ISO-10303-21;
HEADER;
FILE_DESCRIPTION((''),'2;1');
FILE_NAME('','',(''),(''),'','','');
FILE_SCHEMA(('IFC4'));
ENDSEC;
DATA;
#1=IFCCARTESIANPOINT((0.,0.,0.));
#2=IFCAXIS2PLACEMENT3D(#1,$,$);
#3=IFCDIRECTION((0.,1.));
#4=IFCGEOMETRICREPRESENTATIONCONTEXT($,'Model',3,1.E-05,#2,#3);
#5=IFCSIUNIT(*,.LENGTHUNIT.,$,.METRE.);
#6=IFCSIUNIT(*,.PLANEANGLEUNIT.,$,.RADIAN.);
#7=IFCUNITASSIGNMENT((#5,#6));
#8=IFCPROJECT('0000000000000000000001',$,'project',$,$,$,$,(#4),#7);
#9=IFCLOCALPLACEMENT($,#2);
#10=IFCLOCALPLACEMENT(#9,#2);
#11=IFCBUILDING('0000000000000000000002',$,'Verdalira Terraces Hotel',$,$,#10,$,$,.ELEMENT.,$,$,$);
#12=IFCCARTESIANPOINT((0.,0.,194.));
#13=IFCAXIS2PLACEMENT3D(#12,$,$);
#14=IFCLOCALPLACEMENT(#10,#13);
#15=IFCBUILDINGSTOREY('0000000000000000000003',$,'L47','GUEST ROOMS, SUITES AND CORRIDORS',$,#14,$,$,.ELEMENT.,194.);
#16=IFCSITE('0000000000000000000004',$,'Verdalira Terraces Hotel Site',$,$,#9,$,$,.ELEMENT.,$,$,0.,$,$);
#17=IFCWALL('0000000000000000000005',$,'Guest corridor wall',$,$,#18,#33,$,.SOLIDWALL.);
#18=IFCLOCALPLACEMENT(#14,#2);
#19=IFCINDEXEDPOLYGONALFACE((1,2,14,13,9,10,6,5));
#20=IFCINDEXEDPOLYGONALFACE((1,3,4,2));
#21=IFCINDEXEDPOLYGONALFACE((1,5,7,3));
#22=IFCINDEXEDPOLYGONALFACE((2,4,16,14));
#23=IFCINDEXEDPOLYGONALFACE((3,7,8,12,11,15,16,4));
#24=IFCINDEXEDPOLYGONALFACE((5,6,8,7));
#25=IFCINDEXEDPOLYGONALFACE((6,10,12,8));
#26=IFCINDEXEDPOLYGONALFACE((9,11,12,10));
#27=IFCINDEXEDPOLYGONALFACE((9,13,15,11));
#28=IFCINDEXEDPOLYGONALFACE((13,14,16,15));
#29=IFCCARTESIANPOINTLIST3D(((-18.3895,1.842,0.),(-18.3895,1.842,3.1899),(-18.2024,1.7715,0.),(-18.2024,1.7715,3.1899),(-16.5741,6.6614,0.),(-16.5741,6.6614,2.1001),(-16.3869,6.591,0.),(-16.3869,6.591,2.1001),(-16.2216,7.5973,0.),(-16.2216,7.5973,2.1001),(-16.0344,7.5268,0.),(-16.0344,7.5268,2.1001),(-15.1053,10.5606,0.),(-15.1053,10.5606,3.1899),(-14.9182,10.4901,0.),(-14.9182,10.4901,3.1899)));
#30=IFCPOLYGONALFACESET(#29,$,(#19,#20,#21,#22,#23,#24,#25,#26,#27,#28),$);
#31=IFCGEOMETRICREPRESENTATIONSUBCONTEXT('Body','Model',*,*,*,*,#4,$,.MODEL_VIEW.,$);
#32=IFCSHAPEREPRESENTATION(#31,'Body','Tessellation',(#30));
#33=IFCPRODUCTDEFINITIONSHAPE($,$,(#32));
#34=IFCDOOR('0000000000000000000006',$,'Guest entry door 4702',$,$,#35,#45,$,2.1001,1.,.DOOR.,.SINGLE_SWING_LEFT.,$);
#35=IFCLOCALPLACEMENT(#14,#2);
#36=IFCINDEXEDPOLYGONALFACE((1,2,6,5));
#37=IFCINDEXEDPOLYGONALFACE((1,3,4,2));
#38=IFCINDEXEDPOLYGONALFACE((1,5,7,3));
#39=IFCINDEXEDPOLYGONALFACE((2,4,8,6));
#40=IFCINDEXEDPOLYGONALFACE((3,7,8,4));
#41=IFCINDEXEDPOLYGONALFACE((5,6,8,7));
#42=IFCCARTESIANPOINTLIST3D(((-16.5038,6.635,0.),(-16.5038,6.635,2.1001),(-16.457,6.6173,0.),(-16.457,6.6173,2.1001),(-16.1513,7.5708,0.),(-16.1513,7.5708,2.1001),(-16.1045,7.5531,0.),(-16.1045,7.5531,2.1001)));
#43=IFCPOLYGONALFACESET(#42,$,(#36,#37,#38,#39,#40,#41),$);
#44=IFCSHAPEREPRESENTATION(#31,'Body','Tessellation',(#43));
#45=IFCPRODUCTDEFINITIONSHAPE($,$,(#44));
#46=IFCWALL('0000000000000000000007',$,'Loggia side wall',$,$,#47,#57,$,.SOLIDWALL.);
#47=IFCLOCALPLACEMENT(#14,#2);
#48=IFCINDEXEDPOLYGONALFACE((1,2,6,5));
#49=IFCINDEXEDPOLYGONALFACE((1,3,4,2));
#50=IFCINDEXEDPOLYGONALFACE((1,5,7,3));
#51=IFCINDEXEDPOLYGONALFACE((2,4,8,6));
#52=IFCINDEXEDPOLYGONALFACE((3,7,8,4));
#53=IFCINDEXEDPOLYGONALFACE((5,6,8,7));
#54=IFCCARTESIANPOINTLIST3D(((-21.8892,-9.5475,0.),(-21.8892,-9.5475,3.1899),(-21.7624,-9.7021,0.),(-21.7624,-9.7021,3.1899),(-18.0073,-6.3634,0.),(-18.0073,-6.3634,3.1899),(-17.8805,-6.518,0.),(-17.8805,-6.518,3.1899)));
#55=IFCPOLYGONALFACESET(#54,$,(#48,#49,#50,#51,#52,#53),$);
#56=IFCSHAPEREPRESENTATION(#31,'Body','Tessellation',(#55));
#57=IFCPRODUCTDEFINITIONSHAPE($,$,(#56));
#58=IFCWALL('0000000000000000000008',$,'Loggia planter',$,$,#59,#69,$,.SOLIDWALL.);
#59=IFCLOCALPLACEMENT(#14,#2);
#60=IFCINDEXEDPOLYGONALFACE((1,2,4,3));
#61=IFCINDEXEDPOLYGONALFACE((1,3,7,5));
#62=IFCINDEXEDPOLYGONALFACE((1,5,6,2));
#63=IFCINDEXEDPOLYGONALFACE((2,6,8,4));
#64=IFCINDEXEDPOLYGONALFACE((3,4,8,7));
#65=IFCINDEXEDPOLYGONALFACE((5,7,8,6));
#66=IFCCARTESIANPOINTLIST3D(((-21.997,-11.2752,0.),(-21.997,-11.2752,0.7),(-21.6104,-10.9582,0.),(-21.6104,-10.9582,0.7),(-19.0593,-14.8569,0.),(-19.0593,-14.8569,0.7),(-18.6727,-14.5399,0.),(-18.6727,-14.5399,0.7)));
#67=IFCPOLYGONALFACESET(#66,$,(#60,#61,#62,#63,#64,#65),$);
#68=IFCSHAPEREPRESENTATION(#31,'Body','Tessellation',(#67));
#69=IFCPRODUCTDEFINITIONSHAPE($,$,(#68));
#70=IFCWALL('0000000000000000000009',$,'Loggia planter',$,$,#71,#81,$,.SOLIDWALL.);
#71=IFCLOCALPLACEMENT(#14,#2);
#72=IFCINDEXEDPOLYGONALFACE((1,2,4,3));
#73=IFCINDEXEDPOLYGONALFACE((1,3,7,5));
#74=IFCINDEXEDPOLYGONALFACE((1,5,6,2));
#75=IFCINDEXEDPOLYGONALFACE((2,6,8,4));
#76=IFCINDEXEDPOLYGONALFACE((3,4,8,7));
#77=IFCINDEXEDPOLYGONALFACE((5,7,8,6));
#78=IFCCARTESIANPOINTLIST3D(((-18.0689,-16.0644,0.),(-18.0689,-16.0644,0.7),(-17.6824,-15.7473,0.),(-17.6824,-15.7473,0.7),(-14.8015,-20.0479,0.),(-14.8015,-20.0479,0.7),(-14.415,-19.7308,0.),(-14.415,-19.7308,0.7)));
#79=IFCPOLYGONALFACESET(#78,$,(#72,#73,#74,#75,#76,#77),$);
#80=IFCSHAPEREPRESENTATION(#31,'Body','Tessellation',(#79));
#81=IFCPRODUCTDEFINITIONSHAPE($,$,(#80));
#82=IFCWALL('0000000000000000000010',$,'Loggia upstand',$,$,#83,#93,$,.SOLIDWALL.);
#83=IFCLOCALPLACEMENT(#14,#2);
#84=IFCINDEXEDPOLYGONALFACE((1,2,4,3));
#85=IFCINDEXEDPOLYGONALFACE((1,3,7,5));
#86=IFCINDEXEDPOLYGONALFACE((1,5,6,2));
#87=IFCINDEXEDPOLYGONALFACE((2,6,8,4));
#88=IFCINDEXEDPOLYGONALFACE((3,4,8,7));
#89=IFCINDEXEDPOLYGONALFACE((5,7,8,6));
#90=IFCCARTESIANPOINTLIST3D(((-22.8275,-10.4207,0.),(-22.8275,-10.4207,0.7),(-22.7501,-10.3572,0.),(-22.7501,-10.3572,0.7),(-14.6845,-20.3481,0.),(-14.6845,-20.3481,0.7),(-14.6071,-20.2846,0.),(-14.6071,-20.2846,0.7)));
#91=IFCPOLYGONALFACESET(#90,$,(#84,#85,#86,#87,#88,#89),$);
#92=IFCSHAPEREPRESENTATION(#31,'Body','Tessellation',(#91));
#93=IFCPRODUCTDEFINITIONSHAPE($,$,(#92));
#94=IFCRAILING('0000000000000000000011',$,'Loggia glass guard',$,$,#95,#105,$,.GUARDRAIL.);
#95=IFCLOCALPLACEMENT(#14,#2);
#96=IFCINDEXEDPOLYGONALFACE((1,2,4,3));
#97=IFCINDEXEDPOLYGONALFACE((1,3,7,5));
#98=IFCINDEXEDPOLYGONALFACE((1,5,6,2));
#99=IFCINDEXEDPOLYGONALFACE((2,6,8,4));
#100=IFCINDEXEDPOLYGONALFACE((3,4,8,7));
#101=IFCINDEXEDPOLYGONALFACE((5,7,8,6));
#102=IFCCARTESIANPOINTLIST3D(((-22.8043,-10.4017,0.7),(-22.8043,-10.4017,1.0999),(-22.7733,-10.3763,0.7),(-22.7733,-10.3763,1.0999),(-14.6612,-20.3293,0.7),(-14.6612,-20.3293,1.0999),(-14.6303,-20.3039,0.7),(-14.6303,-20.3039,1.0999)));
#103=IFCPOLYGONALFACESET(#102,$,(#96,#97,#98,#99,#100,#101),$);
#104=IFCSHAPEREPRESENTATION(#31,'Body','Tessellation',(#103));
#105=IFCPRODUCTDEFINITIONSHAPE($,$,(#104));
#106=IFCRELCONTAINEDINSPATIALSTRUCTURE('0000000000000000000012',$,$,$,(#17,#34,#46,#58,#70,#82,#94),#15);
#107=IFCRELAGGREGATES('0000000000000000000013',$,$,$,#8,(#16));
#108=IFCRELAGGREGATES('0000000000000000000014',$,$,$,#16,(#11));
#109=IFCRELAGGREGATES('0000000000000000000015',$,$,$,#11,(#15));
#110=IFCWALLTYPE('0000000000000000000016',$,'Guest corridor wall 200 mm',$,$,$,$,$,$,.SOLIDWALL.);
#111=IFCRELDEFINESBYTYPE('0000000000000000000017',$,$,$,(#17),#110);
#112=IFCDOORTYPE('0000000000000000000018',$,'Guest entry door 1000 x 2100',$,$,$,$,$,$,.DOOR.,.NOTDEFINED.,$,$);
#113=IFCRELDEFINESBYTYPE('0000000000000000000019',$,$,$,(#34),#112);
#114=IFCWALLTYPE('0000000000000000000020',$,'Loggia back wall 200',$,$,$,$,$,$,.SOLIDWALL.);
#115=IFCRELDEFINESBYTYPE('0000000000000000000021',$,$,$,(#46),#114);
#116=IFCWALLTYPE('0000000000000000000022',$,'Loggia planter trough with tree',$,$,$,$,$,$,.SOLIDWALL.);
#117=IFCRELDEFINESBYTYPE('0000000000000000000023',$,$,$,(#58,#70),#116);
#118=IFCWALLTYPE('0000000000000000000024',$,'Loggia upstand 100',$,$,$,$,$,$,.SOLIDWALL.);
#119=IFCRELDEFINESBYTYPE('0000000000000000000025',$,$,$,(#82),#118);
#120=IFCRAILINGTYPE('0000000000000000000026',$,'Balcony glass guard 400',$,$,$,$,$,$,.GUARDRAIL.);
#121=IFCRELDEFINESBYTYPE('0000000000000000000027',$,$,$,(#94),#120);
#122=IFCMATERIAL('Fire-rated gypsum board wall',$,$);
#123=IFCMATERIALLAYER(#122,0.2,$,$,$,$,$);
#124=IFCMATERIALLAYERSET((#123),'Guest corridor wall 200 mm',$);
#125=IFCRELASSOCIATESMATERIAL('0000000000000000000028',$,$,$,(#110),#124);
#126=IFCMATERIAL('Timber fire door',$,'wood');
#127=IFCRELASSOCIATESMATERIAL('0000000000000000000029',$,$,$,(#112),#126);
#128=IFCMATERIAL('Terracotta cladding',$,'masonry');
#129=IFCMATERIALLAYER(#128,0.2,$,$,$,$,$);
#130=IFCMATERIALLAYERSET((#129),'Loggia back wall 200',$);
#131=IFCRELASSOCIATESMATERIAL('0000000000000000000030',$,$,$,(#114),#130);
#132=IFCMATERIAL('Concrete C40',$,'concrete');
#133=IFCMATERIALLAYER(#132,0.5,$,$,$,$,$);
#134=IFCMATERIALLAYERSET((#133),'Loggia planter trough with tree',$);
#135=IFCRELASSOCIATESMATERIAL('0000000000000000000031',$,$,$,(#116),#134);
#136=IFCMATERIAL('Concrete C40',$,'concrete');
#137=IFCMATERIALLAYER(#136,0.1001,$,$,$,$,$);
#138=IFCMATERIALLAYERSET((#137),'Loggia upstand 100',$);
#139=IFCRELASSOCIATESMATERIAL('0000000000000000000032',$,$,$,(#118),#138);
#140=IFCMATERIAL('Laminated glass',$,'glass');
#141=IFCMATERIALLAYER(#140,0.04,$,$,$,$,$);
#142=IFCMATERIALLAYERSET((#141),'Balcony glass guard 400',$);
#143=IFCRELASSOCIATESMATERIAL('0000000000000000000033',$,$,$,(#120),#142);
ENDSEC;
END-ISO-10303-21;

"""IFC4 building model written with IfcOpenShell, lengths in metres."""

from ifc_helpers import new_model, si_unit, direction, frame, frame_2d, origin, origin_2d, place, context, subcontext, project, spatial, rectangle, extrude, material, layer, layer_set, type_object, element, fill, save


model = new_model("IFC4")

# Units and contexts
model_context = context("Model", 3, precision=1e-05, world=origin(), true_north=direction((0.0, 1.0)))
body_context = subcontext(model_context, "Body", "Model", "MODEL_VIEW")
ifc_project = project(units=[si_unit("LENGTHUNIT", "METRE"), si_unit("PLANEANGLEUNIT", "RADIAN")], contexts=[model_context])

# Site, building, storey
site_placement = place(None, origin())
site = spatial("IfcSite", under=ifc_project, at=site_placement, Name="Verdalira Terraces Hotel Site", CompositionType="ELEMENT", RefElevation=0.0)
building_placement = place(site_placement, origin())
building = spatial("IfcBuilding", under=site, at=building_placement, Name="Verdalira Terraces Hotel", CompositionType="ELEMENT")
storey_placement = place(building_placement, frame((0.0, 0.0, 194.0)))
storey = spatial("IfcBuildingStorey", under=building, at=storey_placement, Name="L47", Description="GUEST ROOMS, SUITES AND CORRIDORS", CompositionType="ELEMENT", Elevation=194.0)

# Wall, opening, door
ifc_material_1 = material(Name="Fire-rated gypsum board wall")
ifc_layer_1 = layer(ifc_material_1, 0.2)
ifc_layer_set_1 = layer_set([ifc_layer_1], Name="Guest corridor wall 200 mm")
wall_type_1 = type_object("IfcWallType", Name="Guest corridor wall 200 mm", PredefinedType="SOLIDWALL", material=ifc_layer_set_1)
ifc_material_2 = material(Name="Timber fire door", Category="wood")
door_type_1 = type_object("IfcDoorType", Name="Guest entry door 1000 x 2100", OperationType="NOTDEFINED", PredefinedType="DOOR", material=ifc_material_2)
wall_1_placement = place(storey_placement, frame((-18.2959, 1.8069, 0.0), z_axis=(0.0, 0.0, 1.0), x_axis=(0.35251, 0.935808, 0.0)))
wall_1 = element("IfcWall", 1, at=wall_1_placement, inside=storey, type_object=wall_type_1, Name="Guest corridor wall", PredefinedType="SOLIDWALL", context=body_context, shape_type="SweptSolid", body=[
    extrude(rectangle(XDim=9.3166, YDim=0.2, at=frame_2d((4.6582, 0.0))), origin(), (0.0, 0.0, 1.0), 3.1899),
])
opening_1_placement = place(wall_1_placement, frame((5.1499, 0.0, 0.0)))
opening_1 = element("IfcOpeningElement", 2, at=opening_1_placement, cuts=wall_1, PredefinedType="OPENING", context=body_context, shape_type="SweptSolid", body=[
    extrude(rectangle(XDim=1.0, YDim=2.1001, at=frame_2d((0.5, 1.05))), frame((0.0, 0.1099, 0.0), z_axis=(0.0, -1.0, 0.0), x_axis=(1.0, 0.0, 0.0)), (0.0, 0.0, 1.0), 0.22),
])
door_1_placement = place(opening_1_placement, origin())
door_1 = element("IfcDoor", 3, at=door_1_placement, inside=storey, type_object=door_type_1, Name="Guest entry door 4702", OperationType="SINGLE_SWING_LEFT", OverallHeight=2.1001, OverallWidth=1.0, PredefinedType="DOOR", context=body_context, shape_type="SweptSolid", body=[
    extrude(rectangle(XDim=1.0, YDim=2.1001, at=frame_2d((0.5, 1.05))), frame((0.0, 0.0249, 0.0), z_axis=(0.0, -1.0, 0.0), x_axis=(1.0, 0.0, 0.0)), (0.0, 0.0, 1.0), 0.05),
])
fill(opening_1, door_1)

# Walls
ifc_material_3 = material(Name="Terracotta cladding", Category="masonry")
ifc_layer_2 = layer(ifc_material_3, 0.2)
ifc_layer_set_2 = layer_set([ifc_layer_2], Name="Loggia back wall 200")
wall_type_2 = type_object("IfcWallType", Name="Loggia back wall 200", PredefinedType="SOLIDWALL", material=ifc_layer_set_2)
wall_2_placement = place(storey_placement, frame((-21.8257, -9.6248, 0.0), z_axis=(0.0, 0.0, 1.0), x_axis=(0.773172, 0.634196, 0.0)))
element("IfcWall", 4, at=wall_2_placement, inside=storey, type_object=wall_type_2, Name="Loggia side wall", PredefinedType="SOLIDWALL", context=body_context, shape_type="SweptSolid", body=[
    extrude(rectangle(XDim=5.0208, YDim=0.2, at=frame_2d((2.5103, 0.0))), origin(), (0.0, 0.0, 1.0), 3.1899),
])
ifc_material_4 = material(Name="Concrete C40", Category="concrete")
ifc_layer_3 = layer(ifc_material_4, 0.5)
ifc_layer_set_3 = layer_set([ifc_layer_3], Name="Loggia planter trough with tree")
wall_type_3 = type_object("IfcWallType", Name="Loggia planter trough with tree", PredefinedType="SOLIDWALL", material=ifc_layer_set_3)
wall_3_placement = place(storey_placement, frame((-21.8037, -11.1167, 0.0), z_axis=(0.0, 0.0, 1.0), x_axis=(0.634167, -0.773196, 0.0)))
element("IfcWall", 5, at=wall_3_placement, inside=storey, type_object=wall_type_3, Name="Loggia planter", PredefinedType="SOLIDWALL", context=body_context, shape_type="SweptSolid", body=[
    extrude(rectangle(XDim=4.6323, YDim=0.5, at=frame_2d((2.3162, 0.0))), origin(), (0.0, 0.0, 1.0), 0.7),
])
wall_4_placement = place(storey_placement, frame((-17.8757, -15.9058, 0.0), z_axis=(0.0, 0.0, 1.0), x_axis=(0.63419, -0.773178, 0.0)))
element("IfcWall", 6, at=wall_4_placement, inside=storey, type_object=wall_type_3, Name="Loggia planter", PredefinedType="SOLIDWALL", context=body_context, shape_type="SweptSolid", body=[
    extrude(rectangle(XDim=5.1521, YDim=0.5, at=frame_2d((2.5762, 0.0))), origin(), (0.0, 0.0, 1.0), 0.7),
])
ifc_material_5 = material(Name="Concrete C40", Category="concrete")
ifc_layer_4 = layer(ifc_material_5, 0.1001)
ifc_layer_set_4 = layer_set([ifc_layer_4], Name="Loggia upstand 100")
wall_type_4 = type_object("IfcWallType", Name="Loggia upstand 100", PredefinedType="SOLIDWALL", material=ifc_layer_set_4)
wall_5_placement = place(storey_placement, frame((-22.7888, -10.3889, 0.0), z_axis=(0.0, 0.0, 1.0), x_axis=(0.634197, -0.773171, 0.0)))
element("IfcWall", 7, at=wall_5_placement, inside=storey, type_object=wall_type_4, Name="Loggia upstand", PredefinedType="SOLIDWALL", context=body_context, shape_type="SweptSolid", body=[
    extrude(rectangle(XDim=12.8398, YDim=0.1001, at=frame_2d((6.4199, 0.0))), origin(), (0.0, 0.0, 1.0), 0.7),
])

# Railing
ifc_material_6 = material(Name="Laminated glass", Category="glass")
ifc_layer_5 = layer(ifc_material_6, 0.04)
ifc_layer_set_5 = layer_set([ifc_layer_5], Name="Balcony glass guard 400")
railing_type_1 = type_object("IfcRailingType", Name="Balcony glass guard 400", PredefinedType="GUARDRAIL", material=ifc_layer_set_5)
railing_1_placement = place(storey_placement, frame((-18.7173, -15.3528, 0.7), z_axis=(0.0, 0.0, 1.0), x_axis=(0.634191, -0.773177, 0.0)))
element("IfcRailing", 8, at=railing_1_placement, inside=storey, type_object=railing_type_1, Name="Loggia glass guard", PredefinedType="GUARDRAIL", context=body_context, shape_type="SweptSolid", body=[
    extrude(rectangle(XDim=12.8401, YDim=0.04, at=origin_2d()), origin(), (0.0, 0.0, 1.0), 0.3999),
])

save(model, "model.ifc")
